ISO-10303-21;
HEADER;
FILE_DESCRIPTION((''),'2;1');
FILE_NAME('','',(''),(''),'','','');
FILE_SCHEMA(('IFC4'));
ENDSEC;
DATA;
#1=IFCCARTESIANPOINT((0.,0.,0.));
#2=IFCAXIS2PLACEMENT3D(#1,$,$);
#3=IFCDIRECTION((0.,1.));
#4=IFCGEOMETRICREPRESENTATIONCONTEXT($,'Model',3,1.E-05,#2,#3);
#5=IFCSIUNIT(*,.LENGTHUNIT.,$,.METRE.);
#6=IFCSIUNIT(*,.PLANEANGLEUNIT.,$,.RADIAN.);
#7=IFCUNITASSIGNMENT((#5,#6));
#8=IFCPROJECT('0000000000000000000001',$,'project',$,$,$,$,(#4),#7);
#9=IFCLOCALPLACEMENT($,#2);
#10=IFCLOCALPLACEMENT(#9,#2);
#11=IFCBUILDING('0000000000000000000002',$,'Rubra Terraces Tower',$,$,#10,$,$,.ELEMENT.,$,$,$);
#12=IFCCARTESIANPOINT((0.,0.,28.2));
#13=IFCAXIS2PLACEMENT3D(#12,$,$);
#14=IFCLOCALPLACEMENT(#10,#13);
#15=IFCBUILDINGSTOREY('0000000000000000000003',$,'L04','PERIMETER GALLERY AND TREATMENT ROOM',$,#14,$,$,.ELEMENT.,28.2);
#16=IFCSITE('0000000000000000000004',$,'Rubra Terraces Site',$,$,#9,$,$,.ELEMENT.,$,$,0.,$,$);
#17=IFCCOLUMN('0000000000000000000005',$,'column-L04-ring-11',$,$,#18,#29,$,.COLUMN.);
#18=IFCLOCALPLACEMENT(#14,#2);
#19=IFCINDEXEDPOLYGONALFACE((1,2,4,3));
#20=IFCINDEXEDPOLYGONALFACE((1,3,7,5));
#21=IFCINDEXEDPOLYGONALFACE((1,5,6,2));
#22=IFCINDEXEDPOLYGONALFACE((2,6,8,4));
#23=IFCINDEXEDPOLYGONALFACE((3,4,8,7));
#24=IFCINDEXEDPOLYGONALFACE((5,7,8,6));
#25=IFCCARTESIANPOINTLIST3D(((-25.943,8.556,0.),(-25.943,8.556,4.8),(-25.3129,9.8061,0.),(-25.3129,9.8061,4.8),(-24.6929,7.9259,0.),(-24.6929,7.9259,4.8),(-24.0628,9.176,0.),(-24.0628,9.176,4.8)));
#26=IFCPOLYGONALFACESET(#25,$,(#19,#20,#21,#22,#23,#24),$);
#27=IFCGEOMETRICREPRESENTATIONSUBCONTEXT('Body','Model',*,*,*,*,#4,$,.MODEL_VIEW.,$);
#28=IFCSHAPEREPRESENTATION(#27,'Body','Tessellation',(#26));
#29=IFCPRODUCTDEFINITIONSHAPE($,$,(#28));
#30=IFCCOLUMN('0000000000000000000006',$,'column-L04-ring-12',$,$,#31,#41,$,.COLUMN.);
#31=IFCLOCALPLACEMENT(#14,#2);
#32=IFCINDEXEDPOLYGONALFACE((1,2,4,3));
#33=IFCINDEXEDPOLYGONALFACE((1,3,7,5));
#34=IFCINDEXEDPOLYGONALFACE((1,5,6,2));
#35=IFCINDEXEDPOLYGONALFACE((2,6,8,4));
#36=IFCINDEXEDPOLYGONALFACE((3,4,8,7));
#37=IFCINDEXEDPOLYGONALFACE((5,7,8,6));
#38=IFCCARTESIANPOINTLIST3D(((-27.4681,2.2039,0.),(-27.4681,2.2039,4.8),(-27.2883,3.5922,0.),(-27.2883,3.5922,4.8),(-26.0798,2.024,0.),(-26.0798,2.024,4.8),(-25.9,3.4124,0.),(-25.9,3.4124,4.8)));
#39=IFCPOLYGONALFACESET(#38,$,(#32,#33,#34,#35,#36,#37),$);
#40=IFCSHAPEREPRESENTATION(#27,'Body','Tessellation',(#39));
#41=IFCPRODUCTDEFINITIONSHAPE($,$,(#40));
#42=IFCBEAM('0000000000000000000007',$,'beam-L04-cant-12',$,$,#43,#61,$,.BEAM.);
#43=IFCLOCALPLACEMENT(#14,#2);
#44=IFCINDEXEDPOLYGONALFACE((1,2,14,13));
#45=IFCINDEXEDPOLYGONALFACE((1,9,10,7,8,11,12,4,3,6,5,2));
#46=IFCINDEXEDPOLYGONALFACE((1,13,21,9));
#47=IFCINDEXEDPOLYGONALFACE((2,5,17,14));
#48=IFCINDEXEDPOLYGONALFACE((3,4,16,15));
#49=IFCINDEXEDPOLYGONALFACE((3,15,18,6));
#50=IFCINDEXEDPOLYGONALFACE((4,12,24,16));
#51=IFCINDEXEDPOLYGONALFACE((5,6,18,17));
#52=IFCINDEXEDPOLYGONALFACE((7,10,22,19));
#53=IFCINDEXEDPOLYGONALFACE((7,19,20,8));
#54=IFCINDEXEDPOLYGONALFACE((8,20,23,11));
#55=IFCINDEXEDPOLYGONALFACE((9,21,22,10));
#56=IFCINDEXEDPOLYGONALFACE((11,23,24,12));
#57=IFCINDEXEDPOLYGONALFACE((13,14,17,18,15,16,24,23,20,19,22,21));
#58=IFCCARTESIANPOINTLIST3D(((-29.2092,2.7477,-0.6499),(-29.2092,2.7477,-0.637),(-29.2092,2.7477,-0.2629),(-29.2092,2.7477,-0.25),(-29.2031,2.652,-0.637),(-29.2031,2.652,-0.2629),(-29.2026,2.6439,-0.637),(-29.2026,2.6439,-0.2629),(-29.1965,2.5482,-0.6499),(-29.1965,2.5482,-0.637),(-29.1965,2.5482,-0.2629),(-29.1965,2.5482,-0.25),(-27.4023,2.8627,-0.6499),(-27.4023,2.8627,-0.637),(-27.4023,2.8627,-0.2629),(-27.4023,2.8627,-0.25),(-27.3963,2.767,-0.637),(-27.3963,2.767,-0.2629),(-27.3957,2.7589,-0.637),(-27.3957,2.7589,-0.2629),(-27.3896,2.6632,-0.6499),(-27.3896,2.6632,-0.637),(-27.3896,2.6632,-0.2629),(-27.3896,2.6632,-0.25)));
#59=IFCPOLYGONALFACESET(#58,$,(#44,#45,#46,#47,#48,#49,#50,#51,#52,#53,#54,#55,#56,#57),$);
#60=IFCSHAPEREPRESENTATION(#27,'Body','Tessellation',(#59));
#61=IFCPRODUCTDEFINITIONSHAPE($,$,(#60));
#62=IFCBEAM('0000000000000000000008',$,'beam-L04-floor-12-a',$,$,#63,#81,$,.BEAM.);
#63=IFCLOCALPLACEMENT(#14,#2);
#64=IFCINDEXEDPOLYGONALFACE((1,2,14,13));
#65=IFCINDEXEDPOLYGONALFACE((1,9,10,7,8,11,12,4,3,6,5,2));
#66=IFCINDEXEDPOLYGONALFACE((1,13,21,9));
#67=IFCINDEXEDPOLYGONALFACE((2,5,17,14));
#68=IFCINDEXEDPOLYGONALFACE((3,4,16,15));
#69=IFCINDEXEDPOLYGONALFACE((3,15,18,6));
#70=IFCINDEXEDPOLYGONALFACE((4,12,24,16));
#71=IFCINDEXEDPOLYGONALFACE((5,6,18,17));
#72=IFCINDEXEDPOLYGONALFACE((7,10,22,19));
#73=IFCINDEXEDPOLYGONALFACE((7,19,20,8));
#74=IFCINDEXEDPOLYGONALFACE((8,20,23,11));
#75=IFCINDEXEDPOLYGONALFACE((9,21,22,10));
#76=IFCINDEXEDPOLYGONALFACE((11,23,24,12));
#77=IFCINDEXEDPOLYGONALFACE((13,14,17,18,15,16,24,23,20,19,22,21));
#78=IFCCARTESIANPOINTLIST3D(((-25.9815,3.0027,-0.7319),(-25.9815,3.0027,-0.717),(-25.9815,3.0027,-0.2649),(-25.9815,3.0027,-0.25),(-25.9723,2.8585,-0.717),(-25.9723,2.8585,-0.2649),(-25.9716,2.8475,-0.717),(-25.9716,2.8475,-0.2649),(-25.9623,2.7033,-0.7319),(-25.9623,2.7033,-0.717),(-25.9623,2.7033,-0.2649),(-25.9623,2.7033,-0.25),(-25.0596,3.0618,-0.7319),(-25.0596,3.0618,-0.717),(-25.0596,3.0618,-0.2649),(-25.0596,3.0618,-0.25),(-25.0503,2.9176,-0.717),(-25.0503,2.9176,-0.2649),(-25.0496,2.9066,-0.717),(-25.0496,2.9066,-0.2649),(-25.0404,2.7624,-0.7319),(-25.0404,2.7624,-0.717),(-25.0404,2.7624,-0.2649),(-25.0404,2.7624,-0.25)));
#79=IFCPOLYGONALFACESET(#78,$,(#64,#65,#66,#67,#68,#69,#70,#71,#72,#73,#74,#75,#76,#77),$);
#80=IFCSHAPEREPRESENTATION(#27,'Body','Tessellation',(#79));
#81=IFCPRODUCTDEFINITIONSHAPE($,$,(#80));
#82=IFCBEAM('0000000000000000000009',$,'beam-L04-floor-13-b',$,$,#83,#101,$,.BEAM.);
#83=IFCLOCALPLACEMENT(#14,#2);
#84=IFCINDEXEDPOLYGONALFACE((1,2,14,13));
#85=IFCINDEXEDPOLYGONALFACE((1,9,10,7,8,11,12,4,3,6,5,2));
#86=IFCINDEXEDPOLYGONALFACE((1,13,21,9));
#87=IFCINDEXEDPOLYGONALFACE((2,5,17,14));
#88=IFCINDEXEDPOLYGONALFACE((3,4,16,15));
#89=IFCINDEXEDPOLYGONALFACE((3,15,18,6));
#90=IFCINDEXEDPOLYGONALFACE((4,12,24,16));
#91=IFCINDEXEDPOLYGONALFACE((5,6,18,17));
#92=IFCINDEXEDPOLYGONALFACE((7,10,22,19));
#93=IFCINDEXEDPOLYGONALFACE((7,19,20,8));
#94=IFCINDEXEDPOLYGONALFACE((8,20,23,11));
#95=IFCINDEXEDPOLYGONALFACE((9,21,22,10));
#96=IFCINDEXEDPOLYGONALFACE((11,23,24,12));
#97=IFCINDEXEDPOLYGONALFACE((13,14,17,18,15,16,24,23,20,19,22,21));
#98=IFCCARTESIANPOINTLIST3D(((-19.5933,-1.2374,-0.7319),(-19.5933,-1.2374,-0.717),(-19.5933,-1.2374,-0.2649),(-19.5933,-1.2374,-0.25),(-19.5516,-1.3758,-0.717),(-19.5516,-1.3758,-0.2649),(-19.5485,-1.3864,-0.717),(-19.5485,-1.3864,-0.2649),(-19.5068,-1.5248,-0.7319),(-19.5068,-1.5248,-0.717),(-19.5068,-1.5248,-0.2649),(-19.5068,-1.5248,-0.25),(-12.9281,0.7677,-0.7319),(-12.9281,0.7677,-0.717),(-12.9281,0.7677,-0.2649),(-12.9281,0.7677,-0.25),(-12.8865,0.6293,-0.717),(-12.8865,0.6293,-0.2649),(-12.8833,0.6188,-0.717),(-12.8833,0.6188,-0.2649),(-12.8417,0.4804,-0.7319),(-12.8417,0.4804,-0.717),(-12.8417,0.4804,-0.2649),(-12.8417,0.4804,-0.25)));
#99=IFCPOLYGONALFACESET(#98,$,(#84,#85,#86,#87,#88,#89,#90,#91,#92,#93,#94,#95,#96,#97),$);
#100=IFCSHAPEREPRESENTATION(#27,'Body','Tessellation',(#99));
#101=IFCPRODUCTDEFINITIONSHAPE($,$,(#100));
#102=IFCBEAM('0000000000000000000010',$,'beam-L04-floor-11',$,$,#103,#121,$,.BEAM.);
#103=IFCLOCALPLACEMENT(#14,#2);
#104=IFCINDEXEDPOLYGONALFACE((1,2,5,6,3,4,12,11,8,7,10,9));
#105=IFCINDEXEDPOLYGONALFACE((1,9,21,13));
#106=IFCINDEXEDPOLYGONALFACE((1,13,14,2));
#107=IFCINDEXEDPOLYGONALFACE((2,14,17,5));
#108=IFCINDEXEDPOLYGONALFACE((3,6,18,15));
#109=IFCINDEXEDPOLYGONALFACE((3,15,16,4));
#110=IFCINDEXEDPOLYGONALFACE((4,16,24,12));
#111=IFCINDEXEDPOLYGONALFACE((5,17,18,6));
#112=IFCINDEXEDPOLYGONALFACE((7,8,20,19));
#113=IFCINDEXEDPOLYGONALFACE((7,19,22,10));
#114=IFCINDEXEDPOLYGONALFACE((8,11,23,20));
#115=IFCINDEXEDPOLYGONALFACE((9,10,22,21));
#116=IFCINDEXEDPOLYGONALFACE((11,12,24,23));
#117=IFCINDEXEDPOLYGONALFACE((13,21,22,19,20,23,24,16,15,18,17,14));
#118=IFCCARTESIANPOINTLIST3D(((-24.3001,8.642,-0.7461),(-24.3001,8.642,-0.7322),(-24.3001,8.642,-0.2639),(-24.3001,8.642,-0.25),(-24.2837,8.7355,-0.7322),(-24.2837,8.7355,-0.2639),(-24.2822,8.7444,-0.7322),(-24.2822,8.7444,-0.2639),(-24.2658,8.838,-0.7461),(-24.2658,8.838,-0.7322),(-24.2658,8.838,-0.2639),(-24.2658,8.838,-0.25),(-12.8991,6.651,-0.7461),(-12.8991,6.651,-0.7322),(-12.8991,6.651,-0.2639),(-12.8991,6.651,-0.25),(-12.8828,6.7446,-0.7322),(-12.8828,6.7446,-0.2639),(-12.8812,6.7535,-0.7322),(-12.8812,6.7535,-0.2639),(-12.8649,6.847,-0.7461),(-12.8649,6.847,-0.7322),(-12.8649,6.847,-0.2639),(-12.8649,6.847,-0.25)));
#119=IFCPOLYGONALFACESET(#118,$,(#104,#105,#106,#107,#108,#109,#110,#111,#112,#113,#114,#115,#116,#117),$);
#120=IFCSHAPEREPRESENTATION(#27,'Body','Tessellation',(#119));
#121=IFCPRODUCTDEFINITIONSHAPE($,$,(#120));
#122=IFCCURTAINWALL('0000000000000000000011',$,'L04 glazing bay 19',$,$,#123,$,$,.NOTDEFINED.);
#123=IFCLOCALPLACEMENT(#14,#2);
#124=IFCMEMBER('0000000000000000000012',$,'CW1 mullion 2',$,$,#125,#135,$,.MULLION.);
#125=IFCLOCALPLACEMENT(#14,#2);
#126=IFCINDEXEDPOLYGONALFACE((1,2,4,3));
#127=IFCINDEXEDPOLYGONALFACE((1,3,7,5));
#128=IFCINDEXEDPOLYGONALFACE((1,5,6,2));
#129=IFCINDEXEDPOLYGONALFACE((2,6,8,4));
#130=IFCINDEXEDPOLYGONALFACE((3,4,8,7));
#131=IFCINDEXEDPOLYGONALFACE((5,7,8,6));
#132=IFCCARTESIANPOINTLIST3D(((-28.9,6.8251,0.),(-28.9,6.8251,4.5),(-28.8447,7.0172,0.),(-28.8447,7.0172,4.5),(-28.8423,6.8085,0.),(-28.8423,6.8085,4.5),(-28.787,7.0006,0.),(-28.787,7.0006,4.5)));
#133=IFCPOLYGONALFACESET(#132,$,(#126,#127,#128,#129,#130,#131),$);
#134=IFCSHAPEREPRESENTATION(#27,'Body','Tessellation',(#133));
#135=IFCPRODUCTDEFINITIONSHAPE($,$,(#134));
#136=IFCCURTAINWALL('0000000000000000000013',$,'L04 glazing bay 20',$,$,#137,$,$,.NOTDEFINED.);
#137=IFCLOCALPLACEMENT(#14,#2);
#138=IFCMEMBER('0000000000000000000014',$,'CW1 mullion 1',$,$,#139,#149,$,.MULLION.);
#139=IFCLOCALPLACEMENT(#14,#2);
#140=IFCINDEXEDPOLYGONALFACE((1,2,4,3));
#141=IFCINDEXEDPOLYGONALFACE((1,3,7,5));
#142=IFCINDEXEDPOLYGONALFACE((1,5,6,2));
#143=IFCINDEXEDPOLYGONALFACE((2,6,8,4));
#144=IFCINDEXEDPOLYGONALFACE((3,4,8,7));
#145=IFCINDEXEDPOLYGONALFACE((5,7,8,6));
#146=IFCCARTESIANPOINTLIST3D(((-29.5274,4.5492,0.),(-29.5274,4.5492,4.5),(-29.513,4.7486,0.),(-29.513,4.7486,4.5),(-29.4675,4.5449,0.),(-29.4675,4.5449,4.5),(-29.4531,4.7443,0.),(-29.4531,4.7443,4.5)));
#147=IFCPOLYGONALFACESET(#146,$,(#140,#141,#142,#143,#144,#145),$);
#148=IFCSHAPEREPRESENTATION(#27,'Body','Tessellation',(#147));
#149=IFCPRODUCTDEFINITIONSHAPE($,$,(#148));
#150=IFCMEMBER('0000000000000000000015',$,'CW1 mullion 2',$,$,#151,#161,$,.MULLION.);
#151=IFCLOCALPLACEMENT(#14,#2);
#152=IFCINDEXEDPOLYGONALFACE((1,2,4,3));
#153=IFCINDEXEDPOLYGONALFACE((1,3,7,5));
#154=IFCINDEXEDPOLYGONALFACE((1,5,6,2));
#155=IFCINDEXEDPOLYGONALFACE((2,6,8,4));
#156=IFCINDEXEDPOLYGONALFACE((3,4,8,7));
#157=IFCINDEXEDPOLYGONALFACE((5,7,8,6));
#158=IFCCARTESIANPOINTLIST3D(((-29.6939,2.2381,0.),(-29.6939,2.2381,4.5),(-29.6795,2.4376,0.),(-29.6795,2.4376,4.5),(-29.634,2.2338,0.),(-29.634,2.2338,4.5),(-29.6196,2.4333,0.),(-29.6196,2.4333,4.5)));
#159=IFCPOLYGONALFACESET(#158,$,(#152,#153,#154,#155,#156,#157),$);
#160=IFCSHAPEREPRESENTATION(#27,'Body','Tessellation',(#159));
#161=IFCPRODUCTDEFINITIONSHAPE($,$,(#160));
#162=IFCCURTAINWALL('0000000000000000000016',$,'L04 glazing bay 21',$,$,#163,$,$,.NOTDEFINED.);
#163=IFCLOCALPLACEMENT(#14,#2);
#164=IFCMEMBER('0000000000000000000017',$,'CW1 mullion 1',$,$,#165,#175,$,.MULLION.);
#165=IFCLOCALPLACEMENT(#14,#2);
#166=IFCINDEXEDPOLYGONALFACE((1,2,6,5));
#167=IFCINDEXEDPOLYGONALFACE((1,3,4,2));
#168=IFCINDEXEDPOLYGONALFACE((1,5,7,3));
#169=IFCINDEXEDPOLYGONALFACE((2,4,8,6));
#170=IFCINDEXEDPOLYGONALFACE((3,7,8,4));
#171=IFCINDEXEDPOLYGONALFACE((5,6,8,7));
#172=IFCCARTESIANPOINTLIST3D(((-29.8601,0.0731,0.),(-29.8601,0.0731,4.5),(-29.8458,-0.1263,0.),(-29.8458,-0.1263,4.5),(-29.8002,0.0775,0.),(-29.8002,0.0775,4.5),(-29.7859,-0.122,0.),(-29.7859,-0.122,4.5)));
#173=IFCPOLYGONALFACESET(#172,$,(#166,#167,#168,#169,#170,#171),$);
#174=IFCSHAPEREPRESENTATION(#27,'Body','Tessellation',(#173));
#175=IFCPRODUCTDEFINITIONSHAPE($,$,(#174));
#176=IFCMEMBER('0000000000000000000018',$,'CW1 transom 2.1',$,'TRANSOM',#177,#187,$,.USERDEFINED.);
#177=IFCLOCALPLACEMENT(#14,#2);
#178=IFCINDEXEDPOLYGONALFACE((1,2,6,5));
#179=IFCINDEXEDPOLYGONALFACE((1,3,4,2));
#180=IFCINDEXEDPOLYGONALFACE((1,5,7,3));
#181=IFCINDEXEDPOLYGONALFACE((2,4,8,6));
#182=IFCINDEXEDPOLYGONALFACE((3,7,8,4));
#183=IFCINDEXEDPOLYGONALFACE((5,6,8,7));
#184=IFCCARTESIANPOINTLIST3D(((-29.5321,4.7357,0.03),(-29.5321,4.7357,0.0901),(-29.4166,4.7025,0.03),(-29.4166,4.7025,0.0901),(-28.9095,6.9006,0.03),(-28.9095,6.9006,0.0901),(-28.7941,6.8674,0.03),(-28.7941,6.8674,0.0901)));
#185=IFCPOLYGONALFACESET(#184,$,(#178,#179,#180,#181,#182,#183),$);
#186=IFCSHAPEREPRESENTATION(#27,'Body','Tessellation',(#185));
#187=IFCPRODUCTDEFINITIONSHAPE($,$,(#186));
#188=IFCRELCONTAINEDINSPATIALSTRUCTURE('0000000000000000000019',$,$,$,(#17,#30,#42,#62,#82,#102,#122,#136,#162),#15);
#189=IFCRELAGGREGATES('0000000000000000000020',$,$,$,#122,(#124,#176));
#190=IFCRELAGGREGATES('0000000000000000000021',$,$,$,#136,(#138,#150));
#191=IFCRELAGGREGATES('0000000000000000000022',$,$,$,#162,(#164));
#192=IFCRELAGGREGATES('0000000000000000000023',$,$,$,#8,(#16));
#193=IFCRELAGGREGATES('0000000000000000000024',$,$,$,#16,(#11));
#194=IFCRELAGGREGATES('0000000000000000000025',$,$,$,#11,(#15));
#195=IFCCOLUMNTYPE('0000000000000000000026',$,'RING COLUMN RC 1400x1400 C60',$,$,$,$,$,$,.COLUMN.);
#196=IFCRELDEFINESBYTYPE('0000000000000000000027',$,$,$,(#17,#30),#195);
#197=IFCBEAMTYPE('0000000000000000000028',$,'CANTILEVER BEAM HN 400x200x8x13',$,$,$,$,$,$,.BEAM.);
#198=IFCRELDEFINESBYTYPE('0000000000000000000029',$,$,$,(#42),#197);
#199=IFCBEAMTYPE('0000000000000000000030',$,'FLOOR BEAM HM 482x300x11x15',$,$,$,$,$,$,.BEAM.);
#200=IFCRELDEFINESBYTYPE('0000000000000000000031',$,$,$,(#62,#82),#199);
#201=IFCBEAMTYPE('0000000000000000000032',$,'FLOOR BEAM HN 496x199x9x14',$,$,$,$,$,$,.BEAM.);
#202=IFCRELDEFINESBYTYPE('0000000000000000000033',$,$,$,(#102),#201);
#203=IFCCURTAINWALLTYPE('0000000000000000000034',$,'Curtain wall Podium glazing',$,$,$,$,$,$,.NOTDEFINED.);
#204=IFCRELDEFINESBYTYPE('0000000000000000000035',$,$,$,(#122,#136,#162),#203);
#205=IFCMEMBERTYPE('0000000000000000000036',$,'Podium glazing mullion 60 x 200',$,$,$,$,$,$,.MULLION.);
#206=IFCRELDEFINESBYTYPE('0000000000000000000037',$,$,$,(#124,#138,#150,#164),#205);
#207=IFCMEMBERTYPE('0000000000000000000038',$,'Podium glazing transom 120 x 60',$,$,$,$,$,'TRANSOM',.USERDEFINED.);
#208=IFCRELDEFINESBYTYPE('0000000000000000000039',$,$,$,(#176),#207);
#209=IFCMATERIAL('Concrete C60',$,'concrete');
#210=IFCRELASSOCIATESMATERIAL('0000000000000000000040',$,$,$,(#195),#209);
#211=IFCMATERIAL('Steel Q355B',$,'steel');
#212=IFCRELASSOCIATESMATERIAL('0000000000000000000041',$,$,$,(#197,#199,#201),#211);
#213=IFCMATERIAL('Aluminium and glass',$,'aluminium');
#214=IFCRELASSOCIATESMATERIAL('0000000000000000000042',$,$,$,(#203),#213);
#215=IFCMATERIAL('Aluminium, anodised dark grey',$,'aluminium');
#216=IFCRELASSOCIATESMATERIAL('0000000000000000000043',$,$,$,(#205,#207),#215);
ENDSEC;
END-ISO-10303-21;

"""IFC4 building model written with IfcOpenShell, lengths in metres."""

from ifc_helpers import new_model, si_unit, direction, frame, origin, origin_2d, place, context, subcontext, project, spatial, rectangle, i_section, extrude, material, material_profile, profile_set, type_object, element, aggregate, save


model = new_model("IFC4")

# Units and contexts
model_context = context("Model", 3, precision=1e-05, world=origin(), true_north=direction((0.0, 1.0)))
body_context = subcontext(model_context, "Body", "Model", "MODEL_VIEW")
ifc_project = project(units=[si_unit("LENGTHUNIT", "METRE"), si_unit("PLANEANGLEUNIT", "RADIAN")], contexts=[model_context])

# Site, building, storey
site_placement = place(None, origin())
site = spatial("IfcSite", under=ifc_project, at=site_placement, Name="Rubra Terraces Site", CompositionType="ELEMENT", RefElevation=0.0)
building_placement = place(site_placement, origin())
building = spatial("IfcBuilding", under=site, at=building_placement, Name="Rubra Terraces Tower", CompositionType="ELEMENT")
storey_placement = place(building_placement, frame((0.0, 0.0, 28.2)))
storey = spatial("IfcBuildingStorey", under=building, at=storey_placement, Name="L04", Description="PERIMETER GALLERY AND TREATMENT ROOM", CompositionType="ELEMENT", Elevation=28.2)

# Columns
ifc_material_1 = material(Name="Concrete C60", Category="concrete")
ifc_material_profile_1 = material_profile(ifc_material_1, rectangle(XDim=1.3999, YDim=1.3999, at=origin_2d()), Name="RC 1400x1400")
ifc_profile_set_1 = profile_set([ifc_material_profile_1], Name="Concrete C60")
column_type = type_object("IfcColumnType", Name="RING COLUMN RC 1400x1400 C60", PredefinedType="COLUMN", material=ifc_profile_set_1)
for number, where, z_axis, x_axis, name in (
    (1, (-25.0029, 8.866, 0.0), (0.0, 0.0, 1.0), (-0.450099, -0.892979, 0.0), "column-L04-ring-11"),
    (2, (-26.6841, 2.8081, 0.0), (0.0, 0.0, 1.0), (-0.128445, -0.991717, 0.0), "column-L04-ring-12"),
):
    element("IfcColumn", number, at=place(storey_placement, frame(where, z_axis=z_axis, x_axis=x_axis)), inside=storey, type_object=column_type, Name=name, PredefinedType="COLUMN", context=body_context, shape_type="SweptSolid", body=[
        extrude(rectangle(XDim=1.3999, YDim=1.3999, at=origin_2d()), origin(), (0.0, 0.0, 1.0), 4.8),
    ])

# Beams
ifc_material_2 = material(Name="Steel Q355B", Category="steel")
ifc_material_profile_2 = material_profile(ifc_material_2, i_section(OverallWidth=0.2, OverallDepth=0.3999, WebThickness=0.0081, FlangeThickness=0.0129, at=origin_2d()), Name="HN 400x200x8x13")
ifc_profile_set_2 = profile_set([ifc_material_profile_2], Name="Steel Q355B")
beam_type_1 = type_object("IfcBeamType", Name="CANTILEVER BEAM HN 400x200x8x13", PredefinedType="BEAM", material=ifc_profile_set_2)
beam_1_placement = place(storey_placement, frame((-27.396, 2.7629, -0.45), z_axis=(-0.997981, -0.063512, 0.0), x_axis=(0.063512, -0.997981, 0.0)))
element("IfcBeam", 3, at=beam_1_placement, inside=storey, type_object=beam_type_1, Name="beam-L04-cant-12", PredefinedType="BEAM", context=body_context, shape_type="SweptSolid", body=[
    extrude(i_section(OverallWidth=0.2, OverallDepth=0.3999, WebThickness=0.0081, FlangeThickness=0.0129, at=origin_2d()), origin(), (0.0, 0.0, 1.0), 1.8105),
])
ifc_material_profile_3 = material_profile(ifc_material_2, i_section(OverallWidth=0.3, OverallDepth=0.4819, WebThickness=0.011, FlangeThickness=0.0149, at=origin_2d()), Name="HM 482x300x11x15")
ifc_profile_set_3 = profile_set([ifc_material_profile_3], Name="Steel Q355B")
beam_type_2 = type_object("IfcBeamType", Name="FLOOR BEAM HM 482x300x11x15", PredefinedType="BEAM", material=ifc_profile_set_3)
beam_2_placement = place(storey_placement, frame((-25.9719, 2.853, -0.491), z_axis=(0.997953, 0.063958, 0.0), x_axis=(-0.063958, 0.997953, 0.0)))
element("IfcBeam", 4, at=beam_2_placement, inside=storey, type_object=beam_type_2, Name="beam-L04-floor-12-a", PredefinedType="BEAM", context=body_context, shape_type="SweptSolid", body=[
    extrude(i_section(OverallWidth=0.3, OverallDepth=0.4819, WebThickness=0.011, FlangeThickness=0.0149, at=origin_2d()), origin(), (0.0, 0.0, 1.0), 0.9238),
])
beam_3_placement = place(storey_placement, frame((-19.55, -1.3811, -0.491), z_axis=(0.957604, 0.288088, 0.0), x_axis=(-0.288088, 0.957604, 0.0)))
element("IfcBeam", 5, at=beam_3_placement, inside=storey, type_object=beam_type_2, Name="beam-L04-floor-13-b", PredefinedType="BEAM", context=body_context, shape_type="SweptSolid", body=[
    extrude(i_section(OverallWidth=0.3, OverallDepth=0.4819, WebThickness=0.011, FlangeThickness=0.0149, at=origin_2d()), origin(), (0.0, 0.0, 1.0), 6.9602),
])
ifc_material_profile_4 = material_profile(ifc_material_2, i_section(OverallWidth=0.199, OverallDepth=0.4961, WebThickness=0.009, FlangeThickness=0.0139, at=origin_2d()), Name="HN 496x199x9x14")
ifc_profile_set_4 = profile_set([ifc_material_profile_4], Name="Steel Q355B")
beam_type_3 = type_object("IfcBeamType", Name="FLOOR BEAM HN 496x199x9x14", PredefinedType="BEAM", material=ifc_profile_set_4)
beam_4_placement = place(storey_placement, frame((-24.283, 8.74, -0.498), z_axis=(0.985092, -0.172029, 0.0), x_axis=(0.172029, 0.985092, 0.0)))
element("IfcBeam", 6, at=beam_4_placement, inside=storey, type_object=beam_type_3, Name="beam-L04-floor-11", PredefinedType="BEAM", context=body_context, shape_type="SweptSolid", body=[
    extrude(i_section(OverallWidth=0.199, OverallDepth=0.4961, WebThickness=0.009, FlangeThickness=0.0139, at=origin_2d()), origin(), (0.0, 0.0, 1.0), 11.5735),
])

# Curtain wall, member
ifc_material_3 = material(Name="Aluminium and glass", Category="aluminium")
curtain_wall_type = type_object("IfcCurtainWallType", Name="Curtain wall Podium glazing", PredefinedType="NOTDEFINED", material=ifc_material_3)
curtain_wall_1_placement = place(storey_placement, origin())
curtain_wall_1 = element("IfcCurtainWall", 7, at=curtain_wall_1_placement, inside=storey, type_object=curtain_wall_type, Name="L04 glazing bay 19", PredefinedType="NOTDEFINED")
ifc_material_4 = material(Name="Aluminium, anodised dark grey", Category="aluminium")
ifc_material_profile_5 = material_profile(ifc_material_4, rectangle(XDim=0.0601, YDim=0.2, at=origin_2d()), Name="AL 60x200")
ifc_profile_set_5 = profile_set([ifc_material_profile_5], Name="Aluminium, anodised dark grey")
member_type_1 = type_object("IfcMemberType", Name="Podium glazing mullion 60 x 200", PredefinedType="MULLION", material=ifc_profile_set_5)
member_1_placement = place(storey_placement, frame((-28.8435, 6.9128, 0.0), z_axis=(0.0, 0.0, 1.0), x_axis=(0.961047, -0.276384, 0.0)))
member_1 = element("IfcMember", 8, at=member_1_placement, type_object=member_type_1, Name="CW1 mullion 2", PredefinedType="MULLION", context=body_context, shape_type="SweptSolid", body=[
    extrude(rectangle(XDim=0.0601, YDim=0.2, at=origin_2d()), origin(), (0.0, 0.0, 1.0), 4.5),
])

# Curtain wall, members
curtain_wall_2_placement = place(storey_placement, origin())
curtain_wall_2 = element("IfcCurtainWall", 9, at=curtain_wall_2_placement, inside=storey, type_object=curtain_wall_type, Name="L04 glazing bay 20", PredefinedType="NOTDEFINED")
member_2_placement = place(storey_placement, frame((-29.4902, 4.6467, 0.0), z_axis=(0.0, 0.0, 1.0), x_axis=(0.99742, -0.071792, 0.0)))
member_2 = element("IfcMember", 10, at=member_2_placement, type_object=member_type_1, Name="CW1 mullion 1", PredefinedType="MULLION", context=body_context, shape_type="SweptSolid", body=[
    extrude(rectangle(XDim=0.0601, YDim=0.2, at=origin_2d()), origin(), (0.0, 0.0, 1.0), 4.5),
])
member_3_placement = place(storey_placement, frame((-29.6567, 2.3357, 0.0), z_axis=(0.0, 0.0, 1.0), x_axis=(0.99742, -0.071792, 0.0)))
member_3 = element("IfcMember", 11, at=member_3_placement, type_object=member_type_1, Name="CW1 mullion 2", PredefinedType="MULLION", context=body_context, shape_type="SweptSolid", body=[
    extrude(rectangle(XDim=0.0601, YDim=0.2, at=origin_2d()), origin(), (0.0, 0.0, 1.0), 4.5),
])

# Curtain wall, member
curtain_wall_3_placement = place(storey_placement, origin())
curtain_wall_3 = element("IfcCurtainWall", 12, at=curtain_wall_3_placement, inside=storey, type_object=curtain_wall_type, Name="L04 glazing bay 21", PredefinedType="NOTDEFINED")
member_4_placement = place(storey_placement, frame((-29.823, -0.0244, 0.0), z_axis=(0.0, 0.0, 1.0), x_axis=(0.99742, 0.071792, 0.0)))
member_4 = element("IfcMember", 13, at=member_4_placement, type_object=member_type_1, Name="CW1 mullion 1", PredefinedType="MULLION", context=body_context, shape_type="SweptSolid", body=[
    extrude(rectangle(XDim=0.0601, YDim=0.2, at=origin_2d()), origin(), (0.0, 0.0, 1.0), 4.5),
])

# Member
ifc_material_profile_6 = material_profile(ifc_material_4, rectangle(XDim=0.1201, YDim=0.0601, at=origin_2d()), Name="AL 120x60")
ifc_profile_set_6 = profile_set([ifc_material_profile_6], Name="Aluminium, anodised dark grey")
member_type_2 = type_object("IfcMemberType", Name="Podium glazing transom 120 x 60", ElementType="TRANSOM", PredefinedType="USERDEFINED", material=ifc_profile_set_6)
member_5_placement = place(storey_placement, frame((-28.8518, 6.884, 0.0601), z_axis=(-0.276352, -0.961056, 0.0), x_axis=(0.961056, -0.276352, 0.0)))
member_5 = element("IfcMember", 14, at=member_5_placement, type_object=member_type_2, Name="CW1 transom 2.1", ObjectType="TRANSOM", PredefinedType="USERDEFINED", context=body_context, shape_type="SweptSolid", body=[
    extrude(rectangle(XDim=0.1201, YDim=0.0601, at=origin_2d()), origin(), (0.0, 0.0, 1.0), 2.2527),
])

aggregate(curtain_wall_1, [member_1, member_5])
aggregate(curtain_wall_2, [member_2, member_3])
aggregate(curtain_wall_3, [member_4])

save(model, "model.ifc")
